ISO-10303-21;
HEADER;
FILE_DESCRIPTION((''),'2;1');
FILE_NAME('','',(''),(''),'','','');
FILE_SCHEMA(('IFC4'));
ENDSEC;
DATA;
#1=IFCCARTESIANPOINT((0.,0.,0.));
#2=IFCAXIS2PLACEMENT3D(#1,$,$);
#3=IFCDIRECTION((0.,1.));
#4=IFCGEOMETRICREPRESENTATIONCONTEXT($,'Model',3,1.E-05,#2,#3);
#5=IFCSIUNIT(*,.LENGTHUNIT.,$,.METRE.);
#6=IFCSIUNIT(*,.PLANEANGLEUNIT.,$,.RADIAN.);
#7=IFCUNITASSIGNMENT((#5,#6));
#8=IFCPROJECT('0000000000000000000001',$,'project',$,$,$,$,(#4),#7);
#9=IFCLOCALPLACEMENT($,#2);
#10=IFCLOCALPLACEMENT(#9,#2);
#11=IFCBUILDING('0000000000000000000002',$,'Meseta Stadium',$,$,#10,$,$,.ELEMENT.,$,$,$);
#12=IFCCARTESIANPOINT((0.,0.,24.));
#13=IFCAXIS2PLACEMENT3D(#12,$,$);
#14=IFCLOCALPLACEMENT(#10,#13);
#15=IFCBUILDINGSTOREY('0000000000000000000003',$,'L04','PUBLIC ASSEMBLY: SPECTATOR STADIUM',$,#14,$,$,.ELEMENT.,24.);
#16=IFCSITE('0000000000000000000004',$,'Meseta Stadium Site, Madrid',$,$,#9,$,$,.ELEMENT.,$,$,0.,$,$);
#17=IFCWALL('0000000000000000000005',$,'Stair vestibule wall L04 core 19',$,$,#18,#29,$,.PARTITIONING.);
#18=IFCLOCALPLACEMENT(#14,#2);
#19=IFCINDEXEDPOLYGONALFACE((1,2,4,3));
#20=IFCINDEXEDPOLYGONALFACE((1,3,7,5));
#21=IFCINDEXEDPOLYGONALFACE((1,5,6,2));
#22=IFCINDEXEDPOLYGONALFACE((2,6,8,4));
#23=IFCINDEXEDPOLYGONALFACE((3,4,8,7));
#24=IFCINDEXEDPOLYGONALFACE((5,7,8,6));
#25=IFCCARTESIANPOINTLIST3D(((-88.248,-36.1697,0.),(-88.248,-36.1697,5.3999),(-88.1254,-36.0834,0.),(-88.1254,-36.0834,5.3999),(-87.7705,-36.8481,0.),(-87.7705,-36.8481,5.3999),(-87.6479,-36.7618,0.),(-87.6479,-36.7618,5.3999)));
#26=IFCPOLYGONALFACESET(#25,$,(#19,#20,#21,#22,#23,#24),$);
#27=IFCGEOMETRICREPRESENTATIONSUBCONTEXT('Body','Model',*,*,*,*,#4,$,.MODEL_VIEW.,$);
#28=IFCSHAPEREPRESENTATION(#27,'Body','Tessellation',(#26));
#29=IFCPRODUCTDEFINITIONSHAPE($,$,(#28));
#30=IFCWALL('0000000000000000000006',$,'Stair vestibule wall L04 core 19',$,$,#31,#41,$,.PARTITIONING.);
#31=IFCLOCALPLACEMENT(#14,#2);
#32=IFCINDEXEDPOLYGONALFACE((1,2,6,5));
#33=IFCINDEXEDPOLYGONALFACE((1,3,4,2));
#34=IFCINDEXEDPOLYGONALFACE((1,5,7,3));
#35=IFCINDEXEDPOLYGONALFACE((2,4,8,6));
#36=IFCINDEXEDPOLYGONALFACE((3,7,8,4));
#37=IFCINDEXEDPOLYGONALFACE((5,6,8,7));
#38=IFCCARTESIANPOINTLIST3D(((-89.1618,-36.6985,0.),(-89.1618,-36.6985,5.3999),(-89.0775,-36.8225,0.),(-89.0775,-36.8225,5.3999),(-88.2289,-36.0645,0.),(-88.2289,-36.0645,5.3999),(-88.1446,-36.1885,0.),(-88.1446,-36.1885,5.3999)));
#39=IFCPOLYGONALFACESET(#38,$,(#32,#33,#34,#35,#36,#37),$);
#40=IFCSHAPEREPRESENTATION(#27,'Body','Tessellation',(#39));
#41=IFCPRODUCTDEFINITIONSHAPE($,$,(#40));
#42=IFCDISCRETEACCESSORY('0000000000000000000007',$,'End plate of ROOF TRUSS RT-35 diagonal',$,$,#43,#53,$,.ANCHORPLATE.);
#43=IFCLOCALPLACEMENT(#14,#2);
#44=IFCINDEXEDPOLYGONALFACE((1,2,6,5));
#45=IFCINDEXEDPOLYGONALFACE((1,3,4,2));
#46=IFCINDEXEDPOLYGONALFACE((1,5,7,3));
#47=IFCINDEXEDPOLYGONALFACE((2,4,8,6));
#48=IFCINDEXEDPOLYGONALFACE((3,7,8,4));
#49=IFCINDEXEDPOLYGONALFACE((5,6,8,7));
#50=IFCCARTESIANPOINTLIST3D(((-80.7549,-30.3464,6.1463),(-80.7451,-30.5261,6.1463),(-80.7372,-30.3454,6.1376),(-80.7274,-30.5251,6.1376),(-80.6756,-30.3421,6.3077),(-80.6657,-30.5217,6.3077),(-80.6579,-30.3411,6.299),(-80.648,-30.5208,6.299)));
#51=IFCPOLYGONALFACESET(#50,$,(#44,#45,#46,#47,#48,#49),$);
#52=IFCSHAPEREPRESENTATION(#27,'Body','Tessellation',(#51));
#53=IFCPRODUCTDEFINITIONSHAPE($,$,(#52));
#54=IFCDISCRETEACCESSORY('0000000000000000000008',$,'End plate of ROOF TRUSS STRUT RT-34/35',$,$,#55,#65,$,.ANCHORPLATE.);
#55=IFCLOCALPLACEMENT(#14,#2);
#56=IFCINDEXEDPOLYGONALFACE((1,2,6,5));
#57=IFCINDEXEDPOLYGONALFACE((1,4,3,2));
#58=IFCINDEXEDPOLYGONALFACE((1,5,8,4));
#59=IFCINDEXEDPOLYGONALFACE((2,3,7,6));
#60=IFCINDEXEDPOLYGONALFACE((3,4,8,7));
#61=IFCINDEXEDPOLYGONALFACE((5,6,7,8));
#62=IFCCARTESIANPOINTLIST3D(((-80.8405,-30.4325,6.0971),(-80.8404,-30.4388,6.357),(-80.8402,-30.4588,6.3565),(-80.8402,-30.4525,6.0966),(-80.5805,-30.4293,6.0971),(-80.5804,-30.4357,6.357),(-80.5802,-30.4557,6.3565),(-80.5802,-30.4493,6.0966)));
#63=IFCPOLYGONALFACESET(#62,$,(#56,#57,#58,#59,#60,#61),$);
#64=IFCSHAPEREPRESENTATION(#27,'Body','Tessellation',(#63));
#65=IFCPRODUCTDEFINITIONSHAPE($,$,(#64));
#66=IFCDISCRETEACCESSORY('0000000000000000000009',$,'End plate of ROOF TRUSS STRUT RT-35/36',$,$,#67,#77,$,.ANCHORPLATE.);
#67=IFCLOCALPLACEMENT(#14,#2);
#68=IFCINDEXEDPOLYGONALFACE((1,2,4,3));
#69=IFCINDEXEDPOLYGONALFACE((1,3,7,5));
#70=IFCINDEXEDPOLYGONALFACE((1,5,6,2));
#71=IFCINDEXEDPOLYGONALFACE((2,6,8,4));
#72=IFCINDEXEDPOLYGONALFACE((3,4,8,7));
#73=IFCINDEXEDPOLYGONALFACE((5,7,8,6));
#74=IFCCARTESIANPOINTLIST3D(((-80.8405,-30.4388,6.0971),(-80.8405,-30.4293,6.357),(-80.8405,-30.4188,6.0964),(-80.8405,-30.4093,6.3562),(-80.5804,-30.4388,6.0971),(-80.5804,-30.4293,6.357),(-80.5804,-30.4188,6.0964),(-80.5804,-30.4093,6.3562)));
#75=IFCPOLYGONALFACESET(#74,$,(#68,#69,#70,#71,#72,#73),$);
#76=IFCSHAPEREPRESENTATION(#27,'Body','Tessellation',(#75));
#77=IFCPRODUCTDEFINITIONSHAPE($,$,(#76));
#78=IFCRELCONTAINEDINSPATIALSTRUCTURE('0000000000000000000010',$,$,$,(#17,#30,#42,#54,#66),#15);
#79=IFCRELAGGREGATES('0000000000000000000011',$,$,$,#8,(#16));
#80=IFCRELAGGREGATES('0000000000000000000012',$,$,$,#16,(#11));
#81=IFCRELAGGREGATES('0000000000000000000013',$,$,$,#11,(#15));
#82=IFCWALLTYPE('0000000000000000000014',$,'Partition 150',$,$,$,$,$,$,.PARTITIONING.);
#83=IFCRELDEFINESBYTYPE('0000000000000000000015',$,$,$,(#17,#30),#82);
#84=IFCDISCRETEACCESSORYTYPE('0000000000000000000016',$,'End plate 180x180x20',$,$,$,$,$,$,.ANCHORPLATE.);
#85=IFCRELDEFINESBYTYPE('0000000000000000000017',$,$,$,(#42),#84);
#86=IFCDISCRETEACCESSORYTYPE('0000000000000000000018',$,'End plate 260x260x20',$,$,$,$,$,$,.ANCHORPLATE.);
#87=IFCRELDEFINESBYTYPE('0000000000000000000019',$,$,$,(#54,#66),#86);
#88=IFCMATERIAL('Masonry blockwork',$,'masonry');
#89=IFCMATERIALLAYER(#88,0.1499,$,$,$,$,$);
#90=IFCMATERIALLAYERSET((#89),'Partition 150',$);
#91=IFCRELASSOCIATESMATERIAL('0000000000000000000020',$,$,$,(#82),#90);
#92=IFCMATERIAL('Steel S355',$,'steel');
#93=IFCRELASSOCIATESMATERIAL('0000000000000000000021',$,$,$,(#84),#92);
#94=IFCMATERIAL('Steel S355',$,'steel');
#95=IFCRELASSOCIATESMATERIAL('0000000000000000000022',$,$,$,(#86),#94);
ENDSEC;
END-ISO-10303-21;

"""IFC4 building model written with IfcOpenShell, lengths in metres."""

from ifc_helpers import new_model, si_unit, direction, frame, frame_2d, origin, origin_2d, place, context, subcontext, project, spatial, rectangle, extrude, material, layer, layer_set, material_profile, profile_set, type_object, element, save


model = new_model("IFC4")

# Units and contexts
model_context = context("Model", 3, precision=1e-05, world=origin(), true_north=direction((0.0, 1.0)))
body_context = subcontext(model_context, "Body", "Model", "MODEL_VIEW")
ifc_project = project(units=[si_unit("LENGTHUNIT", "METRE"), si_unit("PLANEANGLEUNIT", "RADIAN")], contexts=[model_context])

# Site, building, storey
site_placement = place(None, origin())
site = spatial("IfcSite", under=ifc_project, at=site_placement, Name="Meseta Stadium Site, Madrid", CompositionType="ELEMENT", RefElevation=0.0)
building_placement = place(site_placement, origin())
building = spatial("IfcBuilding", under=site, at=building_placement, Name="Meseta Stadium", CompositionType="ELEMENT")
storey_placement = place(building_placement, frame((0.0, 0.0, 24.0)))
storey = spatial("IfcBuildingStorey", under=building, at=storey_placement, Name="L04", Description="PUBLIC ASSEMBLY: SPECTATOR STADIUM", CompositionType="ELEMENT", Elevation=24.0)

# Shared definitions
ifc_material_1 = material(Name="Masonry blockwork", Category="masonry")
ifc_layer = layer(ifc_material_1, 0.1499)
ifc_layer_set = layer_set([ifc_layer], Name="Partition 150")
wall_type = type_object("IfcWallType", Name="Partition 150", PredefinedType="PARTITIONING", material=ifc_layer_set)

# Walls
wall_1_placement = place(storey_placement, frame((-87.7092, -36.8049, 0.0), z_axis=(0.0, 0.0, 1.0), x_axis=(-0.575574, 0.81775, 0.0)))
element("IfcWall", 1, at=wall_1_placement, inside=storey, type_object=wall_type, Name="Stair vestibule wall L04 core 19", PredefinedType="PARTITIONING", context=body_context, shape_type="SweptSolid", body=[
    extrude(rectangle(XDim=0.8296, YDim=0.1499, at=frame_2d((0.4148, 0.0))), origin(), (0.0, 0.0, 1.0), 5.3999),
])
wall_2_placement = place(storey_placement, frame((-88.1868, -36.1265, 0.0), z_axis=(0.0, 0.0, 1.0), x_axis=(-0.827055, -0.562121, 0.0)))
element("IfcWall", 2, at=wall_2_placement, inside=storey, type_object=wall_type, Name="Stair vestibule wall L04 core 19", PredefinedType="PARTITIONING", context=body_context, shape_type="SweptSolid", body=[
    extrude(rectangle(XDim=1.1279, YDim=0.1499, at=frame_2d((0.564, 0.0))), origin(), (0.0, 0.0, 1.0), 5.3999),
])

# Discrete accessories
ifc_material_2 = material(Name="Steel S355", Category="steel")
ifc_material_profile_1 = material_profile(ifc_material_2, rectangle(XDim=0.1799, YDim=0.1799, at=origin_2d()), Name="PL 180x180")
ifc_profile_set_1 = profile_set([ifc_material_profile_1], Name="Steel S355")
discrete_accessory_type_1 = type_object("IfcDiscreteAccessoryType", Name="End plate 180x180x20", PredefinedType="ANCHORPLATE", material=ifc_profile_set_1)
discrete_accessory_placement = place(storey_placement, frame((-80.6926, -30.4331, 6.2183), z_axis=(-0.89579, -0.049084, 0.441759), x_axis=(0.054712, -0.998502, 0.0)))
element("IfcDiscreteAccessory", 3, at=discrete_accessory_placement, inside=storey, type_object=discrete_accessory_type_1, Name="End plate of ROOF TRUSS RT-35 diagonal", PredefinedType="ANCHORPLATE", context=body_context, shape_type="SweptSolid", body=[
    extrude(rectangle(XDim=0.1799, YDim=0.1799, at=origin_2d()), origin(), (0.0, 0.0, 1.0), 0.0198),
])
ifc_material_3 = material(Name="Steel S355", Category="steel")
ifc_material_profile_2 = material_profile(ifc_material_3, rectangle(XDim=0.26, YDim=0.26, at=origin_2d()), Name="PL 260x260")
ifc_profile_set_2 = profile_set([ifc_material_profile_2], Name="Steel S355")
discrete_accessory_type_2 = type_object("IfcDiscreteAccessoryType", Name="End plate 260x260x20", PredefinedType="ANCHORPLATE", material=ifc_profile_set_2)
for number, where, z_axis, x_axis, name in (
    (4, (-80.7104, -30.4341, 6.2271), (0.012191, -0.999628, -0.024381), (0.999926, 0.012194, 0.0), "End plate of ROOF TRUSS STRUT RT-34/35"),
    (5, (-80.7104, -30.4141, 6.2263), (0.0, -0.999331, 0.036561), (1.0, 0.0, 0.0), "End plate of ROOF TRUSS STRUT RT-35/36"),
):
    element("IfcDiscreteAccessory", number, at=place(storey_placement, frame(where, z_axis=z_axis, x_axis=x_axis)), inside=storey, type_object=discrete_accessory_type_2, Name=name, PredefinedType="ANCHORPLATE", context=body_context, shape_type="SweptSolid", body=[
        extrude(rectangle(XDim=0.26, YDim=0.26, at=origin_2d()), origin(), (0.0, 0.0, 1.0), 0.02),
    ])

save(model, "model.ifc")
